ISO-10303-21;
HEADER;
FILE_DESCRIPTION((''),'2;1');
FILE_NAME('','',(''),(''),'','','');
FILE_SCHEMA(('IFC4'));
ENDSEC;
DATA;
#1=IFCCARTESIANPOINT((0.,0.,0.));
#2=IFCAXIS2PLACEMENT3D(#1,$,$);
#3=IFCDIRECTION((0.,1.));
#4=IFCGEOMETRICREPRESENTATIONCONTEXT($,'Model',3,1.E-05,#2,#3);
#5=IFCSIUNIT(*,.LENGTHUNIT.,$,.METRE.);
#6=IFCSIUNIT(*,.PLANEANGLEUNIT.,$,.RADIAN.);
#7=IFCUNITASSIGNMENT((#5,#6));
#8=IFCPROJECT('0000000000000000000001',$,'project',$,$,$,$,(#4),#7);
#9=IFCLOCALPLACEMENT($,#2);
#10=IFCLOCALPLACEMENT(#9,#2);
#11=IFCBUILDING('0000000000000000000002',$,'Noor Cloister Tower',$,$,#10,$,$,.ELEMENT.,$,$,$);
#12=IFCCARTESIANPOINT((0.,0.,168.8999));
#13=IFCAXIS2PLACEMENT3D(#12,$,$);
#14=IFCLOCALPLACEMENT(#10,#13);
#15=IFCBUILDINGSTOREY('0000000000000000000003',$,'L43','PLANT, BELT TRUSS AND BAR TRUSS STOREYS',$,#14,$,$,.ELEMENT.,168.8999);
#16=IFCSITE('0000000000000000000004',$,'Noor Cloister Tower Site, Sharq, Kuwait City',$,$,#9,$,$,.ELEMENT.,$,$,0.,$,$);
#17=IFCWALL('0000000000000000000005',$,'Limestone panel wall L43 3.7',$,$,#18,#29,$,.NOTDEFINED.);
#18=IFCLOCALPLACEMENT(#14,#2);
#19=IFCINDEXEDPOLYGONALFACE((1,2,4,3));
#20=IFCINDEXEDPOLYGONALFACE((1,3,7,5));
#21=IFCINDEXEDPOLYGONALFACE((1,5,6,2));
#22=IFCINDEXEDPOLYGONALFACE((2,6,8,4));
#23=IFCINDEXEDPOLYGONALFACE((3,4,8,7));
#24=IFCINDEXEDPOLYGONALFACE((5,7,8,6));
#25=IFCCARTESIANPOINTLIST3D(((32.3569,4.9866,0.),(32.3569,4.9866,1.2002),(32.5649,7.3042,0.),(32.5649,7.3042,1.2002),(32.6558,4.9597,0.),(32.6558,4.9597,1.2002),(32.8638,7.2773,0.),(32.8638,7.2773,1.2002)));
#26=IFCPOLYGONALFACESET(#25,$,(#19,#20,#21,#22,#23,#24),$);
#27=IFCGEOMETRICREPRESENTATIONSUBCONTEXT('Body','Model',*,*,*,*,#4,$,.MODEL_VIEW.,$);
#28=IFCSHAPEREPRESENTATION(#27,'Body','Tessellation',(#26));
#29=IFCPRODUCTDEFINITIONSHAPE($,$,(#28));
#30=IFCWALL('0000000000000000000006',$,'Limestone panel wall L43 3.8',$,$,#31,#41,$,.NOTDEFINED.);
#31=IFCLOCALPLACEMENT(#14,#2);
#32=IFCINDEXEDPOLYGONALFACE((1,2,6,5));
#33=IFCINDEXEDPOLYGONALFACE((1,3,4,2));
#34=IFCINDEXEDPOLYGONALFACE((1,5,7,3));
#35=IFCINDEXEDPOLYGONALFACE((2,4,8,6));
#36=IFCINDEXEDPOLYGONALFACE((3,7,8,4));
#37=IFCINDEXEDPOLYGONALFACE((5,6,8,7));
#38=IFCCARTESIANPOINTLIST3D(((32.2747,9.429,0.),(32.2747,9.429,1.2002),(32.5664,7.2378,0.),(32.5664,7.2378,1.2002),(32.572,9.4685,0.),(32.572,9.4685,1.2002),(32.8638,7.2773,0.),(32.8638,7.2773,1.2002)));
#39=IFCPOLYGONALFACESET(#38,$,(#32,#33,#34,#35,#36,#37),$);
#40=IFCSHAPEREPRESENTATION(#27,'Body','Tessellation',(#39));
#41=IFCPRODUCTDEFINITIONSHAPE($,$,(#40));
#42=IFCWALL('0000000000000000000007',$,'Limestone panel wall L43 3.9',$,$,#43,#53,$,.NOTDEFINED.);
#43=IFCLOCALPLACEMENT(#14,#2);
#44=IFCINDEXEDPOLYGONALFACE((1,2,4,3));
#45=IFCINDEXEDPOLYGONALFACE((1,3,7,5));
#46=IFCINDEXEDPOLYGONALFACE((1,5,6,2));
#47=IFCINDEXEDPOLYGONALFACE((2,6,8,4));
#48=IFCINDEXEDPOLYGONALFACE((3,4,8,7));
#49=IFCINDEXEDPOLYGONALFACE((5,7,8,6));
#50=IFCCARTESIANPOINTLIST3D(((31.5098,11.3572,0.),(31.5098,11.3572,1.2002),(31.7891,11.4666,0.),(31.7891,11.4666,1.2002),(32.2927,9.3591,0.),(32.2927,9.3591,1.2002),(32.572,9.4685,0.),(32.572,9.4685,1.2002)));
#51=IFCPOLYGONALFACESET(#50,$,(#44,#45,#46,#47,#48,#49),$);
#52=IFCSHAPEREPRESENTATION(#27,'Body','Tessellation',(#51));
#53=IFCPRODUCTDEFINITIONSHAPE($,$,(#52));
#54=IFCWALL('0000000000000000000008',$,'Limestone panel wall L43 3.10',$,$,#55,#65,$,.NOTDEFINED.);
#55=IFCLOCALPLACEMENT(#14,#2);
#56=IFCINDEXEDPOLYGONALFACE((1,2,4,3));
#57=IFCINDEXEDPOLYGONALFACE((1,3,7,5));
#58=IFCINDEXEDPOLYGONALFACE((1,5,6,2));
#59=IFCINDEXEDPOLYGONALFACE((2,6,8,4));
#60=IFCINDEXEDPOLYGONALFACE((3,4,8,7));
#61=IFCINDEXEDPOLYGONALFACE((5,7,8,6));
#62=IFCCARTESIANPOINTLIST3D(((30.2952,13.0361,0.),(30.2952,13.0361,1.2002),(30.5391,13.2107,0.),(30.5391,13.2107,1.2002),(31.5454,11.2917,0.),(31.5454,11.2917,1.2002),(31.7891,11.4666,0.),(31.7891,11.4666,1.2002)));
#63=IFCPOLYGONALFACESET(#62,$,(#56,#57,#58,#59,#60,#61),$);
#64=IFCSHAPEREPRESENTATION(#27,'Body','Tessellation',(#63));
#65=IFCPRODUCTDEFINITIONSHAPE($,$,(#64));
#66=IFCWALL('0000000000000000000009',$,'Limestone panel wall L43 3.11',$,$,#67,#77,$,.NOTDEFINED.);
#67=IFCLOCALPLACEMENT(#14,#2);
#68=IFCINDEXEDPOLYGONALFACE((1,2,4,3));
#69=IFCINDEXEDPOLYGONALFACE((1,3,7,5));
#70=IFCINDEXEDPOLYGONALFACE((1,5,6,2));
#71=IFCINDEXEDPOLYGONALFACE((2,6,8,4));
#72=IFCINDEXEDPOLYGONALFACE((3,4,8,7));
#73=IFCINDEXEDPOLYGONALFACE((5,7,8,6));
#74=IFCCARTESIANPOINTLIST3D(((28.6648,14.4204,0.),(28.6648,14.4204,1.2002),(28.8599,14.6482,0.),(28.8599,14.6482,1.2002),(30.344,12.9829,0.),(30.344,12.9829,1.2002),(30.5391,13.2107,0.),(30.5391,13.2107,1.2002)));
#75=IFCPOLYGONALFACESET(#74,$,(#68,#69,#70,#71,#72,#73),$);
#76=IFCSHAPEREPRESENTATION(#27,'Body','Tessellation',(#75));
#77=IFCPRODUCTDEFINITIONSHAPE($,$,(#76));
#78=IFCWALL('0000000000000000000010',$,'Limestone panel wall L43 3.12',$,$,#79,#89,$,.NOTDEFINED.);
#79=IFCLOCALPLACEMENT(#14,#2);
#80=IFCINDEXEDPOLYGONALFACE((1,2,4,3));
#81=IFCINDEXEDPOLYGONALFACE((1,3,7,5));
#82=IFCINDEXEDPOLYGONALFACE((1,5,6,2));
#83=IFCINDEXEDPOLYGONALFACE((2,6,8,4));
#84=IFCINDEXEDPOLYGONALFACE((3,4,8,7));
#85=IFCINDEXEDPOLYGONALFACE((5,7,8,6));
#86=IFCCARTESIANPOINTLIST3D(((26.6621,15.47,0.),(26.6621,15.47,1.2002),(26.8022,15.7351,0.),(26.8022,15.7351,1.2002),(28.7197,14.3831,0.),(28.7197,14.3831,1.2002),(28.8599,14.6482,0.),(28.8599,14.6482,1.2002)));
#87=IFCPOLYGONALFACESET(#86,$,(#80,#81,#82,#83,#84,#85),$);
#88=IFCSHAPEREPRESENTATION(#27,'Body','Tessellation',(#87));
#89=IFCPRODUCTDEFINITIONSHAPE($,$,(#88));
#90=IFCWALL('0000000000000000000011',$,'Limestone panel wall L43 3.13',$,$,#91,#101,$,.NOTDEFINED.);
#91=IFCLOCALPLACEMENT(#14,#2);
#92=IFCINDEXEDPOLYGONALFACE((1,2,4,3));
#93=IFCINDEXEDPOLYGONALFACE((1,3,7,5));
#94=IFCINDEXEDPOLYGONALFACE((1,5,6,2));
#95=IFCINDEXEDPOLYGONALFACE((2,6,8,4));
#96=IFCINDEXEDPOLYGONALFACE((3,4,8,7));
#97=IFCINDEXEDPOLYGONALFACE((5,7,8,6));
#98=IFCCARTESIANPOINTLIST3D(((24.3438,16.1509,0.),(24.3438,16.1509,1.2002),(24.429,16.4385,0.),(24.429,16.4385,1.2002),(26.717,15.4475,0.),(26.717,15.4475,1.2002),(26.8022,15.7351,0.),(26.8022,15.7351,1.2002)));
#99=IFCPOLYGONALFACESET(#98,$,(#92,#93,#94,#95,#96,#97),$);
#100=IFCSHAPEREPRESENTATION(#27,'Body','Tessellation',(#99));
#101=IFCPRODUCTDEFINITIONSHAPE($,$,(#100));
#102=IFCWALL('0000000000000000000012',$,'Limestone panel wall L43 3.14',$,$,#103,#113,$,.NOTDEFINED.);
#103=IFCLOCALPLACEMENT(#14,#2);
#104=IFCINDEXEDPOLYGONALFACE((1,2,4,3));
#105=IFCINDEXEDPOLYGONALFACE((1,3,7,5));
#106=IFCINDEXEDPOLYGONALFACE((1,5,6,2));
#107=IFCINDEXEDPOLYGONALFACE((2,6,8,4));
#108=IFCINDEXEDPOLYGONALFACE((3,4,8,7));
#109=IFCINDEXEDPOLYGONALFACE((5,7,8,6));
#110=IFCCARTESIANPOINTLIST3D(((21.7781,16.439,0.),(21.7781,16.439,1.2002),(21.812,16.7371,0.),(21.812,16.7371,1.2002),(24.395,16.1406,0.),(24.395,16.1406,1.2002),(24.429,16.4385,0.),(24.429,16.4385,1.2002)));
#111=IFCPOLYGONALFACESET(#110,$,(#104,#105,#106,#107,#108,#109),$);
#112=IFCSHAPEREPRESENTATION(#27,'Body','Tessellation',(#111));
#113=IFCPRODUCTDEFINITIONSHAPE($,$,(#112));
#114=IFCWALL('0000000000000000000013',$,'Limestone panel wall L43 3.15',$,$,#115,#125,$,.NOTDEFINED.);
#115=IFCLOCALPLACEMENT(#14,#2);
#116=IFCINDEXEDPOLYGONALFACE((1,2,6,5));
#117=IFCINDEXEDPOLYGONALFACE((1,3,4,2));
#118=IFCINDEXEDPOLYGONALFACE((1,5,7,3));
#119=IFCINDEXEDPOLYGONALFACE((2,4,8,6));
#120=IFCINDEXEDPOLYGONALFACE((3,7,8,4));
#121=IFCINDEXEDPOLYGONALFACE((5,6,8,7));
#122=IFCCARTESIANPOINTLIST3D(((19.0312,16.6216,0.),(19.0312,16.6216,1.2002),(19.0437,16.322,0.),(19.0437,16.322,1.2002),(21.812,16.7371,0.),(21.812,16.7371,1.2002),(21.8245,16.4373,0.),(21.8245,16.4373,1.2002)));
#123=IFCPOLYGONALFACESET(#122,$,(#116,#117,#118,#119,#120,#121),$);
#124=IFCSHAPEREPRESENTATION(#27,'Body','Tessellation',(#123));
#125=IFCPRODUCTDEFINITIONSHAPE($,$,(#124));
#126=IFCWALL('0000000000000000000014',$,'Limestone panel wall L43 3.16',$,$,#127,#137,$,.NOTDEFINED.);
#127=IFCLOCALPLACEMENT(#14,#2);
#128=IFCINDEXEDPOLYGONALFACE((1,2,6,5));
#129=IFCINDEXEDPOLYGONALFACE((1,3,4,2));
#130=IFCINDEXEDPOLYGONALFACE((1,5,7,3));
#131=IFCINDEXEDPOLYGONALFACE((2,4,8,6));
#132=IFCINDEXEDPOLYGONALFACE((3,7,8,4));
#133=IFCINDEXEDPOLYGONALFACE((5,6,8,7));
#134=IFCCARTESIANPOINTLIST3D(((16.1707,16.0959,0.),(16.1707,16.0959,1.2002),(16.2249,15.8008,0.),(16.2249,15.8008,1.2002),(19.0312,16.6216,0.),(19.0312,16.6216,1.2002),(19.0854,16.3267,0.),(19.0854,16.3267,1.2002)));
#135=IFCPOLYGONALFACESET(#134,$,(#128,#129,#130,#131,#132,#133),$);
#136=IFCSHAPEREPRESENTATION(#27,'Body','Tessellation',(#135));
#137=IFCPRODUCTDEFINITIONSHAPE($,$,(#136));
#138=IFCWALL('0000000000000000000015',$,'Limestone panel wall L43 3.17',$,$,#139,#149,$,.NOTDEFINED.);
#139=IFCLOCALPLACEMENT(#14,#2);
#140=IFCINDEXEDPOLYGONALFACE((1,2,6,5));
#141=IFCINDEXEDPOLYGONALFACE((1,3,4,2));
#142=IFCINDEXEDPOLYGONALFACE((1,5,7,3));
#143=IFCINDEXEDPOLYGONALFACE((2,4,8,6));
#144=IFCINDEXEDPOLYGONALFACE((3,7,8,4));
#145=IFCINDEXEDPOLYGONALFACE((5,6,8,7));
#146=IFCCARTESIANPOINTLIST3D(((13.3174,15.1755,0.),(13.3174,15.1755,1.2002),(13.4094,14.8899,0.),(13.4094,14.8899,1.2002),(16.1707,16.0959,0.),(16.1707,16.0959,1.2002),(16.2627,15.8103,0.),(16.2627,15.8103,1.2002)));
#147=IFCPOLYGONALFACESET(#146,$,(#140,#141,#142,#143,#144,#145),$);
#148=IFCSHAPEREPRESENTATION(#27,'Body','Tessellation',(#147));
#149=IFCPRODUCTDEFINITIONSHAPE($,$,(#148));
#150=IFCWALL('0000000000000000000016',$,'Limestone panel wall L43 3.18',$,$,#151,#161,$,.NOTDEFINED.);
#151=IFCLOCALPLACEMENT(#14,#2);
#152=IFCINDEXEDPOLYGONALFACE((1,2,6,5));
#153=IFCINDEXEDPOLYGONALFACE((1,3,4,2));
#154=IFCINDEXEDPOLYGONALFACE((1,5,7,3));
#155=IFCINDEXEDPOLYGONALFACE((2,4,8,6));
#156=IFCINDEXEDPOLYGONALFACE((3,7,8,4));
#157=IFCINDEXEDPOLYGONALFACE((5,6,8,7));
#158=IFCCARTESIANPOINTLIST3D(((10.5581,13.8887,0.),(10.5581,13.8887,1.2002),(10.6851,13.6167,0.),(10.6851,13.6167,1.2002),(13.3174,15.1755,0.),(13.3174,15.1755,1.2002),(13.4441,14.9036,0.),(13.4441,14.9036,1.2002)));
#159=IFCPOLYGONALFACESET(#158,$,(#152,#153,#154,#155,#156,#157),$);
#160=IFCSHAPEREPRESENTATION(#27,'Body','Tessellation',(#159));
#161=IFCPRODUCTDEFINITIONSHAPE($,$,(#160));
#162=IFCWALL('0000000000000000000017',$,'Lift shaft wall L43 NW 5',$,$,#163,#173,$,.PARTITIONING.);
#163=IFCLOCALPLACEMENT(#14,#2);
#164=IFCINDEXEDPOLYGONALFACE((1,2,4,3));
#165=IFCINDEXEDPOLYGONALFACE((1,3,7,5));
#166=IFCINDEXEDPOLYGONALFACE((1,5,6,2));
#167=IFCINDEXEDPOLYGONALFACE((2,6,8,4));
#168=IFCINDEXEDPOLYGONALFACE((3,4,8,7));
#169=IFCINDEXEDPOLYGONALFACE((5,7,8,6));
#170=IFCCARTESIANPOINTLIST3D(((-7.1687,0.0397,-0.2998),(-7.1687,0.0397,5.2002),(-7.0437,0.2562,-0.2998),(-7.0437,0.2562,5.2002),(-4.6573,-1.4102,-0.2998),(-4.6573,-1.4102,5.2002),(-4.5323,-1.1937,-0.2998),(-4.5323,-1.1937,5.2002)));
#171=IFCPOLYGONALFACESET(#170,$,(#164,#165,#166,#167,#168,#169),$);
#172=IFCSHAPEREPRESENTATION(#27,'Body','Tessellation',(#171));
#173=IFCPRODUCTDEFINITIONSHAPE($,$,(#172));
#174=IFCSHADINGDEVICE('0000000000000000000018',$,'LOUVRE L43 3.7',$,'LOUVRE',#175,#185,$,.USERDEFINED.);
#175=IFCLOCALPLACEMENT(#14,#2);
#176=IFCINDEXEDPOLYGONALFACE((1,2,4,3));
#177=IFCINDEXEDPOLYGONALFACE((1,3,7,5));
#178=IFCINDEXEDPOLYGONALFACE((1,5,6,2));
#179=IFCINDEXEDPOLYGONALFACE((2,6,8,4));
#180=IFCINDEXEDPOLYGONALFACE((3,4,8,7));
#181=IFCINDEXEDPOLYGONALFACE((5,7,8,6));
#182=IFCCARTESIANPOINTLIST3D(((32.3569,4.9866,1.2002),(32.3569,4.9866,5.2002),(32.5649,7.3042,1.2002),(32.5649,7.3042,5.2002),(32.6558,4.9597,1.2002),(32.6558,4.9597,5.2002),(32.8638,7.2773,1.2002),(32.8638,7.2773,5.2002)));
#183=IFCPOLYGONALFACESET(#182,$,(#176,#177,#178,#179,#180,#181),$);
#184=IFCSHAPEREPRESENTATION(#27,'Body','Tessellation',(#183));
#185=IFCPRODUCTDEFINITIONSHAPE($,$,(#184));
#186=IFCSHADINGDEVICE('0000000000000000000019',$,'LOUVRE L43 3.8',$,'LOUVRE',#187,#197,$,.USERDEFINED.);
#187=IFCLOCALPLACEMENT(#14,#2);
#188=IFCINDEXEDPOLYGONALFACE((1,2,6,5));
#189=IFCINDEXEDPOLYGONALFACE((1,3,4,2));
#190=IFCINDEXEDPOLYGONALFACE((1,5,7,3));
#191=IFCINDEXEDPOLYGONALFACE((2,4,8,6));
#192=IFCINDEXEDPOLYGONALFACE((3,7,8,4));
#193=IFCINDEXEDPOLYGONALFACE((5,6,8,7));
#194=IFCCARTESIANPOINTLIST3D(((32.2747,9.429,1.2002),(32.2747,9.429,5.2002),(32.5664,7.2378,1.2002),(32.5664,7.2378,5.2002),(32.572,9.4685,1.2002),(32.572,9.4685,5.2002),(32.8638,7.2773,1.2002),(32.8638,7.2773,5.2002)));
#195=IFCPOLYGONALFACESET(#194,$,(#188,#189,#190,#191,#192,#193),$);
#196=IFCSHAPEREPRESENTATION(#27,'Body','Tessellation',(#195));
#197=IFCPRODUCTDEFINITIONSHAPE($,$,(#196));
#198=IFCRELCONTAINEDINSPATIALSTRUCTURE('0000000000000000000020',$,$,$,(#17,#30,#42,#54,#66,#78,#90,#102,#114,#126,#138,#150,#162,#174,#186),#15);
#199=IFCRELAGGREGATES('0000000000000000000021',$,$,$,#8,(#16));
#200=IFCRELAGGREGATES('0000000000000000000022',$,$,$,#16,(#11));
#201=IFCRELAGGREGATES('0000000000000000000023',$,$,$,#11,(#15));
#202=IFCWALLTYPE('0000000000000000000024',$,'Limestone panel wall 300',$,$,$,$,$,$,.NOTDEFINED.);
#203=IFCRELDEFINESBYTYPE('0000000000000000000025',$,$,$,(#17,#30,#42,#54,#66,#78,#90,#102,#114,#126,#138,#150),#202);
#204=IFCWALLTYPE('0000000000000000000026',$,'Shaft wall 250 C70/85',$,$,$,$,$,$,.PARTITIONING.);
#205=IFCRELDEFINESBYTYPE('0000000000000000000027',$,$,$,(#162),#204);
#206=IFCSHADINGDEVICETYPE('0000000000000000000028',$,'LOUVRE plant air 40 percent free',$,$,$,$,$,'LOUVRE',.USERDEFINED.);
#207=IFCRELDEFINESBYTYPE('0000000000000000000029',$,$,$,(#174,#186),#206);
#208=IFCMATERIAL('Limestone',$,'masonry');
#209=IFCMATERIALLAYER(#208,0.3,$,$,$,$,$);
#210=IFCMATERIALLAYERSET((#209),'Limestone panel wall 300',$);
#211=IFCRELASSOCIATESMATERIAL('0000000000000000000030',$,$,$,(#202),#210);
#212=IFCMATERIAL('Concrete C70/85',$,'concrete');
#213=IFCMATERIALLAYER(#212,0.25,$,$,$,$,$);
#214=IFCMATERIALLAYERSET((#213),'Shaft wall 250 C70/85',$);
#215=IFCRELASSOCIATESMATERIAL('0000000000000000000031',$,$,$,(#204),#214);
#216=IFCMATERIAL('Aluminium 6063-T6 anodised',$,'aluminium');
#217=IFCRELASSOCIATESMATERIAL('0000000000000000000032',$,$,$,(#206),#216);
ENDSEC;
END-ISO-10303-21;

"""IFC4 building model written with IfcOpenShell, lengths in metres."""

from ifc_helpers import new_model, si_unit, direction, frame, frame_2d, origin, place, context, subcontext, project, spatial, polyline, rectangle, outline, extrude, material, layer, layer_set, type_object, element, save


model = new_model("IFC4")

# Units and contexts
model_context = context("Model", 3, precision=1e-05, world=origin(), true_north=direction((0.0, 1.0)))
body_context = subcontext(model_context, "Body", "Model", "MODEL_VIEW")
ifc_project = project(units=[si_unit("LENGTHUNIT", "METRE"), si_unit("PLANEANGLEUNIT", "RADIAN")], contexts=[model_context])

# Site, building, storey
site_placement = place(None, origin())
site = spatial("IfcSite", under=ifc_project, at=site_placement, Name="Noor Cloister Tower Site, Sharq, Kuwait City", CompositionType="ELEMENT", RefElevation=0.0)
building_placement = place(site_placement, origin())
building = spatial("IfcBuilding", under=site, at=building_placement, Name="Noor Cloister Tower", CompositionType="ELEMENT")
storey_placement = place(building_placement, frame((0.0, 0.0, 168.8999)))
storey = spatial("IfcBuildingStorey", under=building, at=storey_placement, Name="L43", Description="PLANT, BELT TRUSS AND BAR TRUSS STOREYS", CompositionType="ELEMENT", Elevation=168.8999)

# Walls
ifc_material_1 = material(Name="Limestone", Category="masonry")
ifc_layer_1 = layer(ifc_material_1, 0.3)
ifc_layer_set_1 = layer_set([ifc_layer_1], Name="Limestone panel wall 300")
wall_type_1 = type_object("IfcWallType", Name="Limestone panel wall 300", PredefinedType="NOTDEFINED", material=ifc_layer_set_1)
wall_1_placement = place(storey_placement, origin())
element("IfcWall", 1, at=wall_1_placement, inside=storey, type_object=wall_type_1, Name="Limestone panel wall L43 3.7", PredefinedType="NOTDEFINED", context=body_context, shape_type="SweptSolid", body=[
    extrude(outline(polyline([(32.6558, 4.9597), (32.8638, 7.2773), (32.5649, 7.3042), (32.3569, 4.9866), (32.6558, 4.9597)])), origin(), (0.0, 0.0, 1.0), 1.2002),
])
wall_2_placement = place(storey_placement, origin())
element("IfcWall", 2, at=wall_2_placement, inside=storey, type_object=wall_type_1, Name="Limestone panel wall L43 3.8", PredefinedType="NOTDEFINED", context=body_context, shape_type="SweptSolid", body=[
    extrude(outline(polyline([(32.8638, 7.2773), (32.572, 9.4685), (32.2747, 9.429), (32.5664, 7.2378), (32.8638, 7.2773)])), origin(), (0.0, 0.0, 1.0), 1.2002),
])
wall_3_placement = place(storey_placement, origin())
element("IfcWall", 3, at=wall_3_placement, inside=storey, type_object=wall_type_1, Name="Limestone panel wall L43 3.9", PredefinedType="NOTDEFINED", context=body_context, shape_type="SweptSolid", body=[
    extrude(outline(polyline([(32.572, 9.4685), (31.7891, 11.4666), (31.5098, 11.3572), (32.2927, 9.3591), (32.572, 9.4685)])), origin(), (0.0, 0.0, 1.0), 1.2002),
])
wall_4_placement = place(storey_placement, origin())
element("IfcWall", 4, at=wall_4_placement, inside=storey, type_object=wall_type_1, Name="Limestone panel wall L43 3.10", PredefinedType="NOTDEFINED", context=body_context, shape_type="SweptSolid", body=[
    extrude(outline(polyline([(31.7891, 11.4666), (30.5391, 13.2107), (30.2952, 13.0361), (31.5454, 11.2917), (31.7891, 11.4666)])), origin(), (0.0, 0.0, 1.0), 1.2002),
])
wall_5_placement = place(storey_placement, origin())
element("IfcWall", 5, at=wall_5_placement, inside=storey, type_object=wall_type_1, Name="Limestone panel wall L43 3.11", PredefinedType="NOTDEFINED", context=body_context, shape_type="SweptSolid", body=[
    extrude(outline(polyline([(30.5391, 13.2107), (28.8599, 14.6482), (28.6648, 14.4204), (30.344, 12.9829), (30.5391, 13.2107)])), origin(), (0.0, 0.0, 1.0), 1.2002),
])
wall_6_placement = place(storey_placement, origin())
element("IfcWall", 6, at=wall_6_placement, inside=storey, type_object=wall_type_1, Name="Limestone panel wall L43 3.12", PredefinedType="NOTDEFINED", context=body_context, shape_type="SweptSolid", body=[
    extrude(outline(polyline([(28.8599, 14.6482), (26.8022, 15.7351), (26.6621, 15.47), (28.7197, 14.3831), (28.8599, 14.6482)])), origin(), (0.0, 0.0, 1.0), 1.2002),
])
wall_7_placement = place(storey_placement, origin())
element("IfcWall", 7, at=wall_7_placement, inside=storey, type_object=wall_type_1, Name="Limestone panel wall L43 3.13", PredefinedType="NOTDEFINED", context=body_context, shape_type="SweptSolid", body=[
    extrude(outline(polyline([(26.8022, 15.7351), (24.429, 16.4385), (24.3438, 16.1509), (26.717, 15.4475), (26.8022, 15.7351)])), origin(), (0.0, 0.0, 1.0), 1.2002),
])
wall_8_placement = place(storey_placement, origin())
element("IfcWall", 8, at=wall_8_placement, inside=storey, type_object=wall_type_1, Name="Limestone panel wall L43 3.14", PredefinedType="NOTDEFINED", context=body_context, shape_type="SweptSolid", body=[
    extrude(outline(polyline([(24.429, 16.4385), (21.812, 16.7371), (21.7781, 16.439), (24.395, 16.1406), (24.429, 16.4385)])), origin(), (0.0, 0.0, 1.0), 1.2002),
])
wall_9_placement = place(storey_placement, origin())
element("IfcWall", 9, at=wall_9_placement, inside=storey, type_object=wall_type_1, Name="Limestone panel wall L43 3.15", PredefinedType="NOTDEFINED", context=body_context, shape_type="SweptSolid", body=[
    extrude(outline(polyline([(21.812, 16.7371), (19.0312, 16.6216), (19.0437, 16.322), (21.8245, 16.4373), (21.812, 16.7371)])), origin(), (0.0, 0.0, 1.0), 1.2002),
])
wall_10_placement = place(storey_placement, origin())
element("IfcWall", 10, at=wall_10_placement, inside=storey, type_object=wall_type_1, Name="Limestone panel wall L43 3.16", PredefinedType="NOTDEFINED", context=body_context, shape_type="SweptSolid", body=[
    extrude(outline(polyline([(19.0312, 16.6216), (16.1707, 16.0959), (16.2249, 15.8008), (19.0854, 16.3267), (19.0312, 16.6216)])), origin(), (0.0, 0.0, 1.0), 1.2002),
])
wall_11_placement = place(storey_placement, origin())
element("IfcWall", 11, at=wall_11_placement, inside=storey, type_object=wall_type_1, Name="Limestone panel wall L43 3.17", PredefinedType="NOTDEFINED", context=body_context, shape_type="SweptSolid", body=[
    extrude(outline(polyline([(16.1707, 16.0959), (13.3174, 15.1755), (13.4094, 14.8899), (16.2627, 15.8103), (16.1707, 16.0959)])), origin(), (0.0, 0.0, 1.0), 1.2002),
])
wall_12_placement = place(storey_placement, origin())
element("IfcWall", 12, at=wall_12_placement, inside=storey, type_object=wall_type_1, Name="Limestone panel wall L43 3.18", PredefinedType="NOTDEFINED", context=body_context, shape_type="SweptSolid", body=[
    extrude(outline(polyline([(13.3174, 15.1755), (10.5581, 13.8887), (10.6851, 13.6167), (13.4441, 14.9036), (13.3174, 15.1755)])), origin(), (0.0, 0.0, 1.0), 1.2002),
])
ifc_material_2 = material(Name="Concrete C70/85", Category="concrete")
ifc_layer_2 = layer(ifc_material_2, 0.25)
ifc_layer_set_2 = layer_set([ifc_layer_2], Name="Shaft wall 250 C70/85")
wall_type_2 = type_object("IfcWallType", Name="Shaft wall 250 C70/85", PredefinedType="PARTITIONING", material=ifc_layer_set_2)
wall_13_placement = place(storey_placement, frame((-7.1062, 0.1479, -0.2998), z_axis=(0.0, 0.0, 1.0), x_axis=(0.866033, -0.499987, 0.0)))
element("IfcWall", 13, at=wall_13_placement, inside=storey, type_object=wall_type_2, Name="Lift shaft wall L43 NW 5", PredefinedType="PARTITIONING", context=body_context, shape_type="SweptSolid", body=[
    extrude(rectangle(XDim=2.8999, YDim=0.25, at=frame_2d((1.45, 0.0))), origin(), (0.0, 0.0, 1.0), 5.5),
])

# Shading devices
ifc_material_3 = material(Name="Aluminium 6063-T6 anodised", Category="aluminium")
shading_device_type = type_object("IfcShadingDeviceType", Name="LOUVRE plant air 40 percent free", ElementType="LOUVRE", PredefinedType="USERDEFINED", material=ifc_material_3)
shading_device_1_placement = place(storey_placement, frame((0.0, 0.0, 1.2002)))
element("IfcShadingDevice", 14, at=shading_device_1_placement, inside=storey, type_object=shading_device_type, Name="LOUVRE L43 3.7", ObjectType="LOUVRE", PredefinedType="USERDEFINED", context=body_context, shape_type="SweptSolid", body=[
    extrude(outline(polyline([(32.6558, 4.9597), (32.8638, 7.2773), (32.5649, 7.3042), (32.3569, 4.9866), (32.6558, 4.9597)])), origin(), (0.0, 0.0, 1.0), 4.0),
])
shading_device_2_placement = place(storey_placement, frame((0.0, 0.0, 1.2002)))
element("IfcShadingDevice", 15, at=shading_device_2_placement, inside=storey, type_object=shading_device_type, Name="LOUVRE L43 3.8", ObjectType="LOUVRE", PredefinedType="USERDEFINED", context=body_context, shape_type="SweptSolid", body=[
    extrude(outline(polyline([(32.8638, 7.2773), (32.572, 9.4685), (32.2747, 9.429), (32.5664, 7.2378), (32.8638, 7.2773)])), origin(), (0.0, 0.0, 1.0), 4.0),
])

save(model, "model.ifc")
